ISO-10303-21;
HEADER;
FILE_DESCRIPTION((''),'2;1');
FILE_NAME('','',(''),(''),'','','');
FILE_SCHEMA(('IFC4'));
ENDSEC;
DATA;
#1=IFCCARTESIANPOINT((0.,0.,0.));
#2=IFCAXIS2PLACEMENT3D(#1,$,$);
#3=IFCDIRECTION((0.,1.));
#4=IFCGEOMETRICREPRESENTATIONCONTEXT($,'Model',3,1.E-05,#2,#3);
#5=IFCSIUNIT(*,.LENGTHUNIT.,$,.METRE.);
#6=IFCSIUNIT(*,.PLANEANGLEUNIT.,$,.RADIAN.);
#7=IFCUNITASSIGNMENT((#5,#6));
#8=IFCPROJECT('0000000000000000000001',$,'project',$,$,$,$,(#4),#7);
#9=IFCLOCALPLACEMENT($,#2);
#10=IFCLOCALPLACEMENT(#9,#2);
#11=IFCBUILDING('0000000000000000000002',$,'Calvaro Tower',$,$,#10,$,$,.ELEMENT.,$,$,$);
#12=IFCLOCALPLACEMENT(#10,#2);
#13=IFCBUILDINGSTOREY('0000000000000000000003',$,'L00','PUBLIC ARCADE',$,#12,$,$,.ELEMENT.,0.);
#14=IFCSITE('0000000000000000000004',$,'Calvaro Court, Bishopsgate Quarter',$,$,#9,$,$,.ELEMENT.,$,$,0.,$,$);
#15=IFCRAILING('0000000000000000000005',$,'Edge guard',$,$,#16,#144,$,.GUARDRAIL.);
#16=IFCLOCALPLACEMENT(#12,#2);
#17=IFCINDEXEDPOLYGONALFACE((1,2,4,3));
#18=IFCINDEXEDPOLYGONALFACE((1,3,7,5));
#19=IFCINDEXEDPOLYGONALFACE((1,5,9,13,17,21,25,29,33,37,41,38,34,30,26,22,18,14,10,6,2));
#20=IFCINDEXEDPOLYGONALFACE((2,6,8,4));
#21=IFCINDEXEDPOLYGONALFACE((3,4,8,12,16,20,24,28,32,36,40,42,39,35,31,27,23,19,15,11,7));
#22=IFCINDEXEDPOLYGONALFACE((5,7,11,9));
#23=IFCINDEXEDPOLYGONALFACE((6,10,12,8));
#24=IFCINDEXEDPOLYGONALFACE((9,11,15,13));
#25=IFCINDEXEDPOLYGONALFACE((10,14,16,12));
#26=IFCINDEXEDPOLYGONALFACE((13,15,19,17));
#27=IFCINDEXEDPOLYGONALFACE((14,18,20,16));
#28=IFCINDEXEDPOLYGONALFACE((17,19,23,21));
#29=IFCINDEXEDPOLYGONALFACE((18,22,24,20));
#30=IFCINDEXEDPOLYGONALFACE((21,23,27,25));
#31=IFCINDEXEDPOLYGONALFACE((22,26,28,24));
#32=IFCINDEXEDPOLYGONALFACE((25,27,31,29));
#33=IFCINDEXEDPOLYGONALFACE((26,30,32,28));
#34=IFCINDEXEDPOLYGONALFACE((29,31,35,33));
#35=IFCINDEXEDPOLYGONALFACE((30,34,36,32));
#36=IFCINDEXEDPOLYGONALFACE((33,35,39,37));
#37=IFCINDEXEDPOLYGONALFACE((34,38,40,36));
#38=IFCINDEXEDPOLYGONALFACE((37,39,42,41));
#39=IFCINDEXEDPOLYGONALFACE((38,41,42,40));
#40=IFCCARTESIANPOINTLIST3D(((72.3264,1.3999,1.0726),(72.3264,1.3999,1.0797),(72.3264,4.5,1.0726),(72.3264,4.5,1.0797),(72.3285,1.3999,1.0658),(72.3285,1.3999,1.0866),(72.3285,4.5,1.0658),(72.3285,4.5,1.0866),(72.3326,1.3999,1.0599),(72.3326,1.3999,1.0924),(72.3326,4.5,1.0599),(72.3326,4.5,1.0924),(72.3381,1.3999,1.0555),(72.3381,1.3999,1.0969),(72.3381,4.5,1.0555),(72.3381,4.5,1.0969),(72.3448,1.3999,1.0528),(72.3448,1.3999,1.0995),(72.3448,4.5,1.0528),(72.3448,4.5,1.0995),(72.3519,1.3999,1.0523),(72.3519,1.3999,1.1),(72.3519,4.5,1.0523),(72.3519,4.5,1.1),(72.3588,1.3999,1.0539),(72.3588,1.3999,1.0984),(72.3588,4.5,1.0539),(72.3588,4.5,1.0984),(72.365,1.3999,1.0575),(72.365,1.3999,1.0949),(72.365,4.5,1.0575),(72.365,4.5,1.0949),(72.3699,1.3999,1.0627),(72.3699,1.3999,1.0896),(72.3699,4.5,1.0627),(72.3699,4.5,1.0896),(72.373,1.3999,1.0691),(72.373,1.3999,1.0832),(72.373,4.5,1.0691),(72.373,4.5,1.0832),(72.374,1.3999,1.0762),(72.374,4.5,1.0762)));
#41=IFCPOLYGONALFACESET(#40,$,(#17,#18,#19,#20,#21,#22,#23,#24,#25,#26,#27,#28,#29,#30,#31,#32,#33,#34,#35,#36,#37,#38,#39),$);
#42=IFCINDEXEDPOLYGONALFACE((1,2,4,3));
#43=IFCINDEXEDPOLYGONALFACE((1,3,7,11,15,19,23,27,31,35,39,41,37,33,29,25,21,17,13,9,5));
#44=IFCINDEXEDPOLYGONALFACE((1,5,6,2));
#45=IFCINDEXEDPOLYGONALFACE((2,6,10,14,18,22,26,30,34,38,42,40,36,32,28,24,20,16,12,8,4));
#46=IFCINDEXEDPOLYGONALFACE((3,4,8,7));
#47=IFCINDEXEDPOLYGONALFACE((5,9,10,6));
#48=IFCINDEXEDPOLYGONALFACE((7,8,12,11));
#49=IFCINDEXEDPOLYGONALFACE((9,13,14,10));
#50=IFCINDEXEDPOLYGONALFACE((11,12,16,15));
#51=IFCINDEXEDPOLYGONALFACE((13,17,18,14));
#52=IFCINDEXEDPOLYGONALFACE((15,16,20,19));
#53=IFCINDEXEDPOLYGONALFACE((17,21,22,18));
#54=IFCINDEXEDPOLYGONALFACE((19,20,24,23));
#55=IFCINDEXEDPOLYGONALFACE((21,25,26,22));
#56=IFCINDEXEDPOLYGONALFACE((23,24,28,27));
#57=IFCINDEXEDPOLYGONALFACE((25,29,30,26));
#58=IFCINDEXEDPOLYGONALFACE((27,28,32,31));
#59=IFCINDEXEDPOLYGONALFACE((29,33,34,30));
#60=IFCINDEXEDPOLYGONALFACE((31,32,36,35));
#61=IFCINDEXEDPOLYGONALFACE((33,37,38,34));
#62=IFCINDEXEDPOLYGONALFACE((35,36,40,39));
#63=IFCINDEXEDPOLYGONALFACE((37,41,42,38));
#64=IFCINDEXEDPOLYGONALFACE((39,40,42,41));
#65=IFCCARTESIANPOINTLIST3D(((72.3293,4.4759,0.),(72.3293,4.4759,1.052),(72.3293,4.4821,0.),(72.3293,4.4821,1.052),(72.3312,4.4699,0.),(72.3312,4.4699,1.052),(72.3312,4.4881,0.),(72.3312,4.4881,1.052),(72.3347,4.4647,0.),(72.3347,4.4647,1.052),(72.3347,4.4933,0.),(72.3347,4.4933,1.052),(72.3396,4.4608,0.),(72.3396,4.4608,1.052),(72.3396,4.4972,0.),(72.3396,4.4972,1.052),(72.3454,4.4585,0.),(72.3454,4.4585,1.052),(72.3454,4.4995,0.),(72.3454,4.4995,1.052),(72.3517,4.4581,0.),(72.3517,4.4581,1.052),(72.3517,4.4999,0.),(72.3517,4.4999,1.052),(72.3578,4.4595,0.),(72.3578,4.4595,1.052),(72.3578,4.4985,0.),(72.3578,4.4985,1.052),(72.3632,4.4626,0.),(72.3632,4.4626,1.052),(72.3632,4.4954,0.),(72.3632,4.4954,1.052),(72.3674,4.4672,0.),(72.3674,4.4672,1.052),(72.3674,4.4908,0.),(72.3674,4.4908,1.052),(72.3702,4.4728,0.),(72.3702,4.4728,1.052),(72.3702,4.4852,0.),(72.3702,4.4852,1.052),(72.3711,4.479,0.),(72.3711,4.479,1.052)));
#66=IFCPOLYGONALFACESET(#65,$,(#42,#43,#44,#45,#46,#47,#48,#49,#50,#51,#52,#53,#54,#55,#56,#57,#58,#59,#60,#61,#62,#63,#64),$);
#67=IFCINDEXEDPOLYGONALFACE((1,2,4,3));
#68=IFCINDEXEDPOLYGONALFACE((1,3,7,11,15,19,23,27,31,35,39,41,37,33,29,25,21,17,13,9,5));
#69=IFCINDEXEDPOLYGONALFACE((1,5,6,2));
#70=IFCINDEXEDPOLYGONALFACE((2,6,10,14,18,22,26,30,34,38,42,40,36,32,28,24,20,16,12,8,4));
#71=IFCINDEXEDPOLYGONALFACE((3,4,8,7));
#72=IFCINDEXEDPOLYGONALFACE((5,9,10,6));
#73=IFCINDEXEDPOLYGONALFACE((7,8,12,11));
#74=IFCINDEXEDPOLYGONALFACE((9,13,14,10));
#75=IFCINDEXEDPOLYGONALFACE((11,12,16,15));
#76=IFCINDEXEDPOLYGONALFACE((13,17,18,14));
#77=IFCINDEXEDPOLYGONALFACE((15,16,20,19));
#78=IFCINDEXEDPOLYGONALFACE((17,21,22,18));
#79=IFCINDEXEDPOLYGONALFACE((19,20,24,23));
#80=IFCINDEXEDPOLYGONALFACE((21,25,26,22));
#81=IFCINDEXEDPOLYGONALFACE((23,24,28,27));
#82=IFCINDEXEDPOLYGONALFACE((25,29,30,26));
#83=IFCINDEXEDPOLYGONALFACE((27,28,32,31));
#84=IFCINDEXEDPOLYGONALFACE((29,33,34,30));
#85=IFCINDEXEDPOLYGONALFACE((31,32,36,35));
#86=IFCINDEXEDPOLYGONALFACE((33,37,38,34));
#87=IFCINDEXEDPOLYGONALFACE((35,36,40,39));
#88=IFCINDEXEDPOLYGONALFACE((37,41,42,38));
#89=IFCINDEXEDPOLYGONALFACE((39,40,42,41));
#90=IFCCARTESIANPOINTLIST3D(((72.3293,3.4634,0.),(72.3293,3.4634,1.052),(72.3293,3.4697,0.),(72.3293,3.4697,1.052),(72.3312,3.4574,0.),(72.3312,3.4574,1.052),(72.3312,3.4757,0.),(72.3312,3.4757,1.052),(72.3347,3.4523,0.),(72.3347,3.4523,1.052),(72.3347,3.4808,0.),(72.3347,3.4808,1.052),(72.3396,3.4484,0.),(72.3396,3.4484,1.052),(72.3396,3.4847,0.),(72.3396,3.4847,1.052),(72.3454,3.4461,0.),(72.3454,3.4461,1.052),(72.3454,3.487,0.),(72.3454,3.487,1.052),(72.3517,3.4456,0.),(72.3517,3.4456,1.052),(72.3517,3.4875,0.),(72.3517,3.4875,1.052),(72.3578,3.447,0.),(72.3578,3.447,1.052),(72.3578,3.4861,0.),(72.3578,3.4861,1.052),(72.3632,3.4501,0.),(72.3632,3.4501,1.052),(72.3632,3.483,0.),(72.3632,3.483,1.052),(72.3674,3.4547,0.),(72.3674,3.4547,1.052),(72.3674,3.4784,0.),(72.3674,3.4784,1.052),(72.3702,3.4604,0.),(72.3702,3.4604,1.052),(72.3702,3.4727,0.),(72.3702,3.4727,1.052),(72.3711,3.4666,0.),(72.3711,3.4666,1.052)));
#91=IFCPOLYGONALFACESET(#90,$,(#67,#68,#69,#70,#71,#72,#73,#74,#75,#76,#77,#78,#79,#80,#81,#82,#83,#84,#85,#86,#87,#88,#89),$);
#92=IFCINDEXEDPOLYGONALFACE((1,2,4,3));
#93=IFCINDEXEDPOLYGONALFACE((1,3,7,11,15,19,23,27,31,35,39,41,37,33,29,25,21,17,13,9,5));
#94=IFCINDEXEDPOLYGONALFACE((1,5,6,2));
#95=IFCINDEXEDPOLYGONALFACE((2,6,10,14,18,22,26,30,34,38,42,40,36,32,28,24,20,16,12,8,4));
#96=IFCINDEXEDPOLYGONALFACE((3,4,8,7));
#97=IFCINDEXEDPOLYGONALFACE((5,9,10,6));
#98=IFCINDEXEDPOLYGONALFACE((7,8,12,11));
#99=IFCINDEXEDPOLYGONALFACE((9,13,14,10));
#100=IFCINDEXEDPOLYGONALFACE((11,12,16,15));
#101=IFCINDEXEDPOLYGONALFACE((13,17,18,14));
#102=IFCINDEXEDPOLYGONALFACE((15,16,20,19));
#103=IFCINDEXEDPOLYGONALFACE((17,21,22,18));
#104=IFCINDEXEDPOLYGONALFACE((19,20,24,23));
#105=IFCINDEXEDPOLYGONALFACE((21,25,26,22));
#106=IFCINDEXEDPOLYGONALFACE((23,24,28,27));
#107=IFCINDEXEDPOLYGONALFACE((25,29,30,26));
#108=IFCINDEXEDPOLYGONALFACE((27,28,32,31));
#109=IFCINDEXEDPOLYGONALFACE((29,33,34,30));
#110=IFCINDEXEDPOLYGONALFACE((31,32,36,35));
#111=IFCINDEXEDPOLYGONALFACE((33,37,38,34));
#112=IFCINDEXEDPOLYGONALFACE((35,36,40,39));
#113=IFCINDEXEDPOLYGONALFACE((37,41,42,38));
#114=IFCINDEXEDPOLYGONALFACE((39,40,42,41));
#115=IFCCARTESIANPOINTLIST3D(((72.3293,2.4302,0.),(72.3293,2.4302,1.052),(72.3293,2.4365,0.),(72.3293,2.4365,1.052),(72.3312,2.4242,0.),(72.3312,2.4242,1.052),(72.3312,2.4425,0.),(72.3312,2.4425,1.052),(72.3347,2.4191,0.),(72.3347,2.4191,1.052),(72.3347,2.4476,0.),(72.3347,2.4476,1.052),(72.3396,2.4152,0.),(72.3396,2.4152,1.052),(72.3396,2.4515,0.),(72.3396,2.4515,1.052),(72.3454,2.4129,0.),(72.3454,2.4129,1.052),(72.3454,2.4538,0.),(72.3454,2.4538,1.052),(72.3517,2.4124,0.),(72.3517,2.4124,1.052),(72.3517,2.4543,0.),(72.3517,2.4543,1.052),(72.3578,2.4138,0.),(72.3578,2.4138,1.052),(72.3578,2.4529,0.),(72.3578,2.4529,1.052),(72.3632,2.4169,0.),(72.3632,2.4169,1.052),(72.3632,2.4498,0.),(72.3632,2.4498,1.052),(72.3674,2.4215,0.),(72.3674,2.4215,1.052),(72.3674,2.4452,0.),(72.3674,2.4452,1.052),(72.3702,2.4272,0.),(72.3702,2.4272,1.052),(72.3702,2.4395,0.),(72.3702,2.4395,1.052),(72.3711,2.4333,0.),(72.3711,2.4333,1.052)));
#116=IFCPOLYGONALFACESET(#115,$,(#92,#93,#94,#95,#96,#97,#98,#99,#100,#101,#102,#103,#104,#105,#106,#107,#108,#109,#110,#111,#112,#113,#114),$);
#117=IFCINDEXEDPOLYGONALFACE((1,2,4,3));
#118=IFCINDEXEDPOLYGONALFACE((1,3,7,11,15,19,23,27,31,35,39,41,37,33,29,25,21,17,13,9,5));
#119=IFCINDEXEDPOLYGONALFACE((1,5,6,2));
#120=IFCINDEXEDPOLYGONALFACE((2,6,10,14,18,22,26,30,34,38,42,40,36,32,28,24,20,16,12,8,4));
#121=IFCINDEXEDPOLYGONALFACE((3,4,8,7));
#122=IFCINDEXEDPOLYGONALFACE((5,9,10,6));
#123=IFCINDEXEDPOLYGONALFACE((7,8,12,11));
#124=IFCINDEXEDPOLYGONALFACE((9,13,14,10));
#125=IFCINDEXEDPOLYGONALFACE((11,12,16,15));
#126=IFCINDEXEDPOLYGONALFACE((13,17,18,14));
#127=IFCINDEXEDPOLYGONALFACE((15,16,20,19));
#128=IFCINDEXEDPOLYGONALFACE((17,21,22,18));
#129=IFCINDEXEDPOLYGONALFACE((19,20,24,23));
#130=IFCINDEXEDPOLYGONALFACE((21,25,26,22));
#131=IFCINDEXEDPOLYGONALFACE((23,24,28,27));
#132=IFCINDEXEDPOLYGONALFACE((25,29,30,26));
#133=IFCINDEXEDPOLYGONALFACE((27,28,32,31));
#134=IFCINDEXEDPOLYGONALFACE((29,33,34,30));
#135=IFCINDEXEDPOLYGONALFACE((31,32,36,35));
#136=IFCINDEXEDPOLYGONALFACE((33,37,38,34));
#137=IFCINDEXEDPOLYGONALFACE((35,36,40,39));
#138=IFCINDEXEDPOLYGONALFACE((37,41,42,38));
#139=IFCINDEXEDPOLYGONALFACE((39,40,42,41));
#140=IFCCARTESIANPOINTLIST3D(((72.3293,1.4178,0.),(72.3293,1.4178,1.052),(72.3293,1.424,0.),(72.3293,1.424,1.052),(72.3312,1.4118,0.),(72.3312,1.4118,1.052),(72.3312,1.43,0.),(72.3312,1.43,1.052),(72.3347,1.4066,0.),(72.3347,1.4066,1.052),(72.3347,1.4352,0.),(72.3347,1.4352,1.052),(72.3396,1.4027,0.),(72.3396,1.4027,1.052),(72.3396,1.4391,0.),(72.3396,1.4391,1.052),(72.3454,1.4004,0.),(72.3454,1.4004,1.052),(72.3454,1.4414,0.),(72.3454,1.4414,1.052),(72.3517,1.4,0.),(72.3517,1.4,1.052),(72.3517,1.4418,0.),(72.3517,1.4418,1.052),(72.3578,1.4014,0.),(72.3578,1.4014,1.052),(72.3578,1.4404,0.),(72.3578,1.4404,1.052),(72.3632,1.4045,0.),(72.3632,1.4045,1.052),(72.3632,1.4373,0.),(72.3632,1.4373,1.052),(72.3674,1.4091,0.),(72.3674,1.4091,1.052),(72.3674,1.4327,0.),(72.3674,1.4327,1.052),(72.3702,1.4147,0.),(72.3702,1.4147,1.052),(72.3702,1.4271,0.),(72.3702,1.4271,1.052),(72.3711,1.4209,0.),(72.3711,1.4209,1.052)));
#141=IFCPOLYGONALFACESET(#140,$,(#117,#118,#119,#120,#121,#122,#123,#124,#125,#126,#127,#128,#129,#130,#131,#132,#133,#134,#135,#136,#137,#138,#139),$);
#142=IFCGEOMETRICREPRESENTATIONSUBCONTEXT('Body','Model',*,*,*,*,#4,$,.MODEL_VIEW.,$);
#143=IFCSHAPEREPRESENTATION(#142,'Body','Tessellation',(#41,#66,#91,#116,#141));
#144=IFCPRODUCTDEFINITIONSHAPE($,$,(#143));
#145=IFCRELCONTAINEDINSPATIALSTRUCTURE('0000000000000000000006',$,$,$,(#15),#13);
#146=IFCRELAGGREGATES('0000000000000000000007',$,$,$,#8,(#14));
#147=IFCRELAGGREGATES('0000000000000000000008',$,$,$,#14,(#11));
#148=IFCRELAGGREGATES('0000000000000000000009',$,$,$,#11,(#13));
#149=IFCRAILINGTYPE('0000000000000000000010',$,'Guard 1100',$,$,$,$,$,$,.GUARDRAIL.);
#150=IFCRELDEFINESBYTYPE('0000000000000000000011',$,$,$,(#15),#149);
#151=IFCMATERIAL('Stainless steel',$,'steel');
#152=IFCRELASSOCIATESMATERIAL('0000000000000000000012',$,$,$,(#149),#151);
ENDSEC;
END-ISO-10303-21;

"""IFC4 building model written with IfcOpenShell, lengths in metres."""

from ifc_helpers import new_model, si_unit, direction, frame, origin, origin_2d, place, context, subcontext, project, spatial, circle, extrude, material, type_object, element, save


model = new_model("IFC4")

# Units and contexts
model_context = context("Model", 3, precision=1e-05, world=origin(), true_north=direction((0.0, 1.0)))
body_context = subcontext(model_context, "Body", "Model", "MODEL_VIEW")
ifc_project = project(units=[si_unit("LENGTHUNIT", "METRE"), si_unit("PLANEANGLEUNIT", "RADIAN")], contexts=[model_context])

# Site, building, storey
site_placement = place(None, origin())
site = spatial("IfcSite", under=ifc_project, at=site_placement, Name="Calvaro Court, Bishopsgate Quarter", CompositionType="ELEMENT", RefElevation=0.0)
building_placement = place(site_placement, origin())
building = spatial("IfcBuilding", under=site, at=building_placement, Name="Calvaro Tower", CompositionType="ELEMENT")
storey_placement = place(building_placement, origin())
storey = spatial("IfcBuildingStorey", under=building, at=storey_placement, Name="L00", Description="PUBLIC ARCADE", CompositionType="ELEMENT", Elevation=0.0)

# Railing
ifc_material_1 = material(Name="Stainless steel", Category="steel")
railing_type = type_object("IfcRailingType", Name="Guard 1100", PredefinedType="GUARDRAIL", material=ifc_material_1)
railing_1_placement = place(storey_placement, frame((72.3501, 4.5, 0.0)))
element("IfcRailing", 1, at=railing_1_placement, inside=storey, type_object=railing_type, Name="Edge guard", PredefinedType="GUARDRAIL", context=body_context, shape_type="SweptSolid", body=[
    extrude(circle(Radius=0.0239, at=origin_2d()), frame((0.0, 0.0, 1.0762), z_axis=(0.0, -1.0, 0.0), x_axis=(1.0, 0.0, 0.0)), (0.0, 0.0, 1.0), 3.1001),
    extrude(circle(Radius=0.021, at=origin_2d()), frame((0.0, -0.021, 0.0)), (0.0, 0.0, 1.0), 1.052),
    extrude(circle(Radius=0.021, at=origin_2d()), frame((0.0, -1.0334, 0.0)), (0.0, 0.0, 1.0), 1.052),
    extrude(circle(Radius=0.021, at=origin_2d()), frame((0.0, -2.0667, 0.0)), (0.0, 0.0, 1.0), 1.052),
    extrude(circle(Radius=0.021, at=origin_2d()), frame((0.0, -3.0791, 0.0)), (0.0, 0.0, 1.0), 1.052),
])

save(model, "model.ifc")
